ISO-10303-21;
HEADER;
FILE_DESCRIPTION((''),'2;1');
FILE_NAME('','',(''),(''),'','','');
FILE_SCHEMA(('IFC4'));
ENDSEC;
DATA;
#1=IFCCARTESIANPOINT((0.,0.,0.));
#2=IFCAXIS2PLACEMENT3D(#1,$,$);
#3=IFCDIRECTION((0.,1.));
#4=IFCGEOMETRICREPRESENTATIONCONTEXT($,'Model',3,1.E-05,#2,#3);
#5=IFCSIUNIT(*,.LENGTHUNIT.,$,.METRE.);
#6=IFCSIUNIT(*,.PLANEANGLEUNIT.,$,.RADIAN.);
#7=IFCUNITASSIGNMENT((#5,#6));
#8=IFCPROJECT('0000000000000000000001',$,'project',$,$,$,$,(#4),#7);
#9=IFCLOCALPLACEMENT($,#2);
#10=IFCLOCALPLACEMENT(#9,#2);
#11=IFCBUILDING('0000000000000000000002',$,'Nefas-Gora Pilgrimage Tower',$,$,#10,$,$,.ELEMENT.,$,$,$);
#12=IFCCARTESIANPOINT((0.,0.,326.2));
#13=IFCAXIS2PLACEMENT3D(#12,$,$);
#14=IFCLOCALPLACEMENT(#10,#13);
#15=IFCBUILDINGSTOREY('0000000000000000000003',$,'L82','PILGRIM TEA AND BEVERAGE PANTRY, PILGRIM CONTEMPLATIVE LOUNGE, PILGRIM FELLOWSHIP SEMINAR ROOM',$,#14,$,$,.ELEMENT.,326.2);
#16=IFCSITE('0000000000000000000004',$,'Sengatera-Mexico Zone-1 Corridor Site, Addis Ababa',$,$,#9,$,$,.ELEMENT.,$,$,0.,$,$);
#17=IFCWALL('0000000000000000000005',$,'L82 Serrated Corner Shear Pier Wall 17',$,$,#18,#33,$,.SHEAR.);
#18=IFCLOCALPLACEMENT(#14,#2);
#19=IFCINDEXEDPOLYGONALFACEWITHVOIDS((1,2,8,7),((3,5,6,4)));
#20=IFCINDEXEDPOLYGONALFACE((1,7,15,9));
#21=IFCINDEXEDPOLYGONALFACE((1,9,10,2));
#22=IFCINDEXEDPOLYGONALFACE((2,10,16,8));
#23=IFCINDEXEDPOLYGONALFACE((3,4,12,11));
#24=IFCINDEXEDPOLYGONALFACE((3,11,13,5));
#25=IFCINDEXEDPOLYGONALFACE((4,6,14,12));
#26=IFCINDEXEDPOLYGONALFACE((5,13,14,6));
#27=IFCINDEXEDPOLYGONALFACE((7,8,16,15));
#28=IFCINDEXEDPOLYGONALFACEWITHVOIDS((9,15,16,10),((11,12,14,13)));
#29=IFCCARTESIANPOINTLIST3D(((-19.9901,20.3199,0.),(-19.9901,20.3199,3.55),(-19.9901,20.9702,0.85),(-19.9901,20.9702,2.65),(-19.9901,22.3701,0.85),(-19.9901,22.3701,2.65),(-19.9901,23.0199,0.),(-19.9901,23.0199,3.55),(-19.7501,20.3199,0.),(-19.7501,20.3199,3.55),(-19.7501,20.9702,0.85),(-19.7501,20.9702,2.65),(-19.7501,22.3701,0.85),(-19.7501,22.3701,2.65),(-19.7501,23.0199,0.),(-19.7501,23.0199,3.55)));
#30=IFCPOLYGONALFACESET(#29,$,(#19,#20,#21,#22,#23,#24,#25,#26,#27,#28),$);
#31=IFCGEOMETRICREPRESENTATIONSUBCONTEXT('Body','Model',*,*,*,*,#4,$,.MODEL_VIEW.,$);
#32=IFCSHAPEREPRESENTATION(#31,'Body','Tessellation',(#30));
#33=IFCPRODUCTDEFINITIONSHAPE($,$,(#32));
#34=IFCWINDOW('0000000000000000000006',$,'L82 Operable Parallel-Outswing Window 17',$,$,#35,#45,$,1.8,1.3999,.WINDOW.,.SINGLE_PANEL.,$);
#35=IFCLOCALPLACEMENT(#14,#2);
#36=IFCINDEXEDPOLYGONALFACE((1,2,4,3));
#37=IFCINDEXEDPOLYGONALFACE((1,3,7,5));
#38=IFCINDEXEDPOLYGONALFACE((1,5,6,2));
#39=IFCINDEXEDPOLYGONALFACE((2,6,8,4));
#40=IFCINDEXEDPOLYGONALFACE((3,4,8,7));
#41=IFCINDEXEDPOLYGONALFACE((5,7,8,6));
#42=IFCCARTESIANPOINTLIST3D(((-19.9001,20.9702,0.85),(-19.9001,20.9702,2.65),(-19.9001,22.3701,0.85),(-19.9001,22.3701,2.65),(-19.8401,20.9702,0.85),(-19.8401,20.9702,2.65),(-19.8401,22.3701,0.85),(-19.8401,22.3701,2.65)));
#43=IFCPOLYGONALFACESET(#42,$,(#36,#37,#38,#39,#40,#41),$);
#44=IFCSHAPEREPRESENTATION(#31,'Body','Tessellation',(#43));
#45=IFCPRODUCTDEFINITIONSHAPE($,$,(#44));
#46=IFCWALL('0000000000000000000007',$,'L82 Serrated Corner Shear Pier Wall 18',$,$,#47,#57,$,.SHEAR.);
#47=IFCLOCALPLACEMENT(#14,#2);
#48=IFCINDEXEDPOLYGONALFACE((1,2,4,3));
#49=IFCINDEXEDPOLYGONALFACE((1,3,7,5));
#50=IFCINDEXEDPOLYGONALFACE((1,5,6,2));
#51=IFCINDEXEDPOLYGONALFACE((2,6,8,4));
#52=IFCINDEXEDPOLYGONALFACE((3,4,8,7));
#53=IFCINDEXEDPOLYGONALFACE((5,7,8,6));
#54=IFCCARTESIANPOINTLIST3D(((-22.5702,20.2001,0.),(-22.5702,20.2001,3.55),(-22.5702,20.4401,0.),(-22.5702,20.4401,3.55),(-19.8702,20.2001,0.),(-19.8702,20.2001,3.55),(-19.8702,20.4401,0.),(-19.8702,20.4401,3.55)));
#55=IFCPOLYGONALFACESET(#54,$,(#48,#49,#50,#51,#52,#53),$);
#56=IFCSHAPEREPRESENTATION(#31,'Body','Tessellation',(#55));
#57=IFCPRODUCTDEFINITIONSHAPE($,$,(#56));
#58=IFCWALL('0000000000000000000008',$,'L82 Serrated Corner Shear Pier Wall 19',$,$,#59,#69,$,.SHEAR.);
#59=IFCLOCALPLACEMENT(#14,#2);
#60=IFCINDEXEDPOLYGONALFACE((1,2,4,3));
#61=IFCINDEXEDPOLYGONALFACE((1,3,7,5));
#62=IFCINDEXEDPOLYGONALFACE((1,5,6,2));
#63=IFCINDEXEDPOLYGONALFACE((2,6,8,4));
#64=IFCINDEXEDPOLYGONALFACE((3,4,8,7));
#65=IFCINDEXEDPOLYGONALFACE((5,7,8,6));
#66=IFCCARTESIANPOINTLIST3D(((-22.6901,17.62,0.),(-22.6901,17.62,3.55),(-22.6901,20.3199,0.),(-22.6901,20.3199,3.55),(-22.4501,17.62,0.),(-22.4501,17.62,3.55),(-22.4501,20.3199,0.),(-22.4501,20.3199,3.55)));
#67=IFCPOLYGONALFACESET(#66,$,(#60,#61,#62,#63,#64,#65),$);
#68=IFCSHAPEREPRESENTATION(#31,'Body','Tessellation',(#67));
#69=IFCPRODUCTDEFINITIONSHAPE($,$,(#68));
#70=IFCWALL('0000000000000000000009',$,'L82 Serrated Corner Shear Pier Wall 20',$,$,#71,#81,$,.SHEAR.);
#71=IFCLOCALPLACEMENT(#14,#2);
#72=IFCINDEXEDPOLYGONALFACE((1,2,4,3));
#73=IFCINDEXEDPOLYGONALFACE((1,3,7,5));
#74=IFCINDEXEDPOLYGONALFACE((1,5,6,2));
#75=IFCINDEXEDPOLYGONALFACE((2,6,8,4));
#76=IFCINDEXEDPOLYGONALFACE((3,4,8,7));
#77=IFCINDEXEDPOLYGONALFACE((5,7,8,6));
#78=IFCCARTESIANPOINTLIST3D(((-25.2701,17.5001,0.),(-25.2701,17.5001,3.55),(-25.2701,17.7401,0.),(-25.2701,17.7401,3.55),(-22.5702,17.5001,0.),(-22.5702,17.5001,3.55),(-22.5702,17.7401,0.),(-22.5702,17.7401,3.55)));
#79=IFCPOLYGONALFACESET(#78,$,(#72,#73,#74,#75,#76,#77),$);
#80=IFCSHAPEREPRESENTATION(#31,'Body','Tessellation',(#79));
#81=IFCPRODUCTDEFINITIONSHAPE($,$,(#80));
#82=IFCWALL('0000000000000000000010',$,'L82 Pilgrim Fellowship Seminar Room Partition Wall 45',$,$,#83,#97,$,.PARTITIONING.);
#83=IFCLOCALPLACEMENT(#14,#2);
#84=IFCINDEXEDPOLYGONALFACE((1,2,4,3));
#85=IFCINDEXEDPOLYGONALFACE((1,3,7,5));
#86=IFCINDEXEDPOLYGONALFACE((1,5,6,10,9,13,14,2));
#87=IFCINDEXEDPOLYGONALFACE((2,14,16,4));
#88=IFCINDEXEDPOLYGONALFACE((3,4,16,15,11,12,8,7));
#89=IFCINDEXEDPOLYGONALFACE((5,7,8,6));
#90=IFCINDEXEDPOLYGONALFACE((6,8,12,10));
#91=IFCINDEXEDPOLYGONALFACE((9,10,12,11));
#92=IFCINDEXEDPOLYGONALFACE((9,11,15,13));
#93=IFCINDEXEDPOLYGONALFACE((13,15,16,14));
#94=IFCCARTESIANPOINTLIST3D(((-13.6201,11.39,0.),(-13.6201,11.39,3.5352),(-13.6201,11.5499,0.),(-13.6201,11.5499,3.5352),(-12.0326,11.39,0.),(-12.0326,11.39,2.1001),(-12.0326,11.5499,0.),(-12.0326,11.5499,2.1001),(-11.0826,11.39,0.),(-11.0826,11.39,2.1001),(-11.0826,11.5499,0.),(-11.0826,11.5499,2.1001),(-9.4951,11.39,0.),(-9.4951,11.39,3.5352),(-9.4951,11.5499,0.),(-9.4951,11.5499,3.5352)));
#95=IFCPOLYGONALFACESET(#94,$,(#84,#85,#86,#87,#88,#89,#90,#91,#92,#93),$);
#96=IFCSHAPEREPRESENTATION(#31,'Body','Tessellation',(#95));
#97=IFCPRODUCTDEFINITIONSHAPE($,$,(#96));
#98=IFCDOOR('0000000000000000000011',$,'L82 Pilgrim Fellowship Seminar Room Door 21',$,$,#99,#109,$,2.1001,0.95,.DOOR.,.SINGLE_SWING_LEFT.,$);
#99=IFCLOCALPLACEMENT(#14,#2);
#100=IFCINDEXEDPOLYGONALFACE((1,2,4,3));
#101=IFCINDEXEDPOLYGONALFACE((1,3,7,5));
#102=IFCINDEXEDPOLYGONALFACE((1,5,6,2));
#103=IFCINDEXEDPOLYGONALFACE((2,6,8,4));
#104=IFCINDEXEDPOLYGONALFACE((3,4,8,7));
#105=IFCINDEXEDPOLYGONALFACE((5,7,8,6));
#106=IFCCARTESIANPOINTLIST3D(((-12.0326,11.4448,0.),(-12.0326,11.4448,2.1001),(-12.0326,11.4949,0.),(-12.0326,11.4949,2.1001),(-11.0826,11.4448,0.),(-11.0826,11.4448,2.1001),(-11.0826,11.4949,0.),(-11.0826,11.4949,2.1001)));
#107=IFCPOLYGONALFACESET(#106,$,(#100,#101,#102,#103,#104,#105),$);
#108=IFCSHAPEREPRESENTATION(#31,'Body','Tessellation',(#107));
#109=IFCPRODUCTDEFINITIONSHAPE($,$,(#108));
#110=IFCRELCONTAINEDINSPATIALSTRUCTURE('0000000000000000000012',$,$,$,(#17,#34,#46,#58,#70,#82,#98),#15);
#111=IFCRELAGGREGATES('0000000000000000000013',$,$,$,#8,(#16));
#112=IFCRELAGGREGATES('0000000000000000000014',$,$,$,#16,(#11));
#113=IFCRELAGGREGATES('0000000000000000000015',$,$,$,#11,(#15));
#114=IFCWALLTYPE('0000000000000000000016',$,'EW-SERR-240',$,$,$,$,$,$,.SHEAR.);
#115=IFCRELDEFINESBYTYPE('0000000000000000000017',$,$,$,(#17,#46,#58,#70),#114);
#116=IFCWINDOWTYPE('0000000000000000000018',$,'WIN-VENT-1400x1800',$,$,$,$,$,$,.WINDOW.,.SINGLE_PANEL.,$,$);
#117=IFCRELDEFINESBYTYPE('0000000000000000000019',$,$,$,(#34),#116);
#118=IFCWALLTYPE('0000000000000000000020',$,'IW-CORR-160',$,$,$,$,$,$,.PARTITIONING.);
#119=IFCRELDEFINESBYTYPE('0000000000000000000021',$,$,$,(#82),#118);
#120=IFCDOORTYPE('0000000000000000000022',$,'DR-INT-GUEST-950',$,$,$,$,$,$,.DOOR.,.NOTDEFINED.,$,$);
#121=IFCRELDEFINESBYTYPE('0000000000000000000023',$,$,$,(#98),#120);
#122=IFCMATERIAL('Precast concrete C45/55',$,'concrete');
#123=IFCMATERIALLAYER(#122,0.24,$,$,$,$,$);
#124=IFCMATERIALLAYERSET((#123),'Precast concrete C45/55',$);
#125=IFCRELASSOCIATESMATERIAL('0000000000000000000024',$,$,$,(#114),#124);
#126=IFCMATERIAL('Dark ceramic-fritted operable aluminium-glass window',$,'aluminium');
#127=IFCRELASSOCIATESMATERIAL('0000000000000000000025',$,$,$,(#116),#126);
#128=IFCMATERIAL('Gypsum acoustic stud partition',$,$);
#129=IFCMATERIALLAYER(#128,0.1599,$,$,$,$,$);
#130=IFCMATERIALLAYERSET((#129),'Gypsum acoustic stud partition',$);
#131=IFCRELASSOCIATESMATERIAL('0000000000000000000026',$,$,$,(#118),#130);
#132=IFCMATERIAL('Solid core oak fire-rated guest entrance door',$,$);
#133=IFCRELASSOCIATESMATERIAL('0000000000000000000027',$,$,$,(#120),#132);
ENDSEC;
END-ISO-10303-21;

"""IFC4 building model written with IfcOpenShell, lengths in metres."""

from ifc_helpers import new_model, si_unit, direction, frame, frame_2d, origin, place, context, subcontext, project, spatial, rectangle, extrude, source, transform, mapped, material, layer, layer_set, type_object, element, fill, save


model = new_model("IFC4")

# Units and contexts
model_context = context("Model", 3, precision=1e-05, world=origin(), true_north=direction((0.0, 1.0)))
body_context = subcontext(model_context, "Body", "Model", "MODEL_VIEW")
ifc_project = project(units=[si_unit("LENGTHUNIT", "METRE"), si_unit("PLANEANGLEUNIT", "RADIAN")], contexts=[model_context])

# Site, building, storey
site_placement = place(None, origin())
site = spatial("IfcSite", under=ifc_project, at=site_placement, Name="Sengatera-Mexico Zone-1 Corridor Site, Addis Ababa", CompositionType="ELEMENT", RefElevation=0.0)
building_placement = place(site_placement, origin())
building = spatial("IfcBuilding", under=site, at=building_placement, Name="Nefas-Gora Pilgrimage Tower", CompositionType="ELEMENT")
storey_placement = place(building_placement, frame((0.0, 0.0, 326.2)))
storey = spatial("IfcBuildingStorey", under=building, at=storey_placement, Name="L82", Description="PILGRIM TEA AND BEVERAGE PANTRY, PILGRIM CONTEMPLATIVE LOUNGE, PILGRIM FELLOWSHIP SEMINAR ROOM", CompositionType="ELEMENT", Elevation=326.2)

# Wall, opening, window
ifc_material_1 = material(Name="Precast concrete C45/55", Category="concrete")
ifc_layer_1 = layer(ifc_material_1, 0.24)
ifc_layer_set_1 = layer_set([ifc_layer_1], Name="Precast concrete C45/55")
wall_type_1 = type_object("IfcWallType", Name="EW-SERR-240", PredefinedType="SHEAR", material=ifc_layer_set_1)
shared_shape_1 = source(origin(), body_context, "Body", "SweptSolid", [
    extrude(rectangle(XDim=2.7, YDim=0.24, at=frame_2d((1.3501, 0.0))), origin(), (0.0, 0.0, 1.0), 3.55),
])
wall_1_placement = place(storey_placement, frame((-19.8701, 23.02, 0.0), z_axis=(0.0, 0.0, 1.0), x_axis=(0.0, -1.0, 0.0)))
wall_1 = element("IfcWall", 1, at=wall_1_placement, inside=storey, type_object=wall_type_1, Name="L82 Serrated Corner Shear Pier Wall 17", PredefinedType="SHEAR", context=body_context, shape_type="MappedRepresentation", body=[
    mapped(shared_shape_1, transform((0.0, 0.0, 0.0), x_axis=(1.0, 0.0, 0.0), y_axis=(0.0, 1.0, 0.0), z_axis=(0.0, 0.0, 1.0), scale=1.0)),
])
opening_1_placement = place(wall_1_placement, frame((0.6499, 0.0, 0.8501)))
opening_1 = element("IfcOpeningElement", 2, at=opening_1_placement, cuts=wall_1, PredefinedType="OPENING", context=body_context, shape_type="SweptSolid", body=[
    extrude(rectangle(XDim=1.3999, YDim=1.8, at=frame_2d((0.7, 0.8999))), frame((0.0, 0.1299, 0.0), z_axis=(0.0, -1.0, 0.0), x_axis=(1.0, 0.0, 0.0)), (0.0, 0.0, 1.0), 0.26),
])
ifc_material_2 = material(Name="Dark ceramic-fritted operable aluminium-glass window", Category="aluminium")
window_type = type_object("IfcWindowType", Name="WIN-VENT-1400x1800", PartitioningType="SINGLE_PANEL", PredefinedType="WINDOW", material=ifc_material_2)
shared_shape_2 = source(origin(), body_context, "Body", "SweptSolid", [
    extrude(rectangle(XDim=1.3999, YDim=1.8, at=frame_2d((0.7, 0.8999))), frame((0.0, 0.03, 0.0), z_axis=(0.0, -1.0, 0.0), x_axis=(1.0, 0.0, 0.0)), (0.0, 0.0, 1.0), 0.0601),
])
window_placement = place(opening_1_placement, origin())
window = element("IfcWindow", 3, at=window_placement, inside=storey, type_object=window_type, Name="L82 Operable Parallel-Outswing Window 17", OverallHeight=1.8, OverallWidth=1.3999, PartitioningType="SINGLE_PANEL", PredefinedType="WINDOW", context=body_context, shape_type="MappedRepresentation", body=[
    mapped(shared_shape_2, transform((0.0, 0.0, 0.0), x_axis=(1.0, 0.0, 0.0), y_axis=(0.0, 1.0, 0.0), z_axis=(0.0, 0.0, 1.0), scale=1.0)),
])
fill(opening_1, window)

# Walls
for number, where, z_axis, x_axis, name in (
    (4, (-19.8701, 20.3201, 0.0), (0.0, 0.0, 1.0), (-1.0, 0.0, 0.0), "L82 Serrated Corner Shear Pier Wall 18"),
    (5, (-22.5701, 20.3201, 0.0), (0.0, 0.0, 1.0), (0.0, -1.0, 0.0), "L82 Serrated Corner Shear Pier Wall 19"),
    (6, (-22.5701, 17.6201, 0.0), (0.0, 0.0, 1.0), (-1.0, 0.0, 0.0), "L82 Serrated Corner Shear Pier Wall 20"),
):
    element("IfcWall", number, at=place(storey_placement, frame(where, z_axis=z_axis, x_axis=x_axis)), inside=storey, type_object=wall_type_1, Name=name, PredefinedType="SHEAR", context=body_context, shape_type="MappedRepresentation", body=[
        mapped(shared_shape_1, transform((0.0, 0.0, 0.0), x_axis=(1.0, 0.0, 0.0), y_axis=(0.0, 1.0, 0.0), z_axis=(0.0, 0.0, 1.0), scale=1.0)),
    ])

# Wall, opening, door
ifc_material_3 = material(Name="Gypsum acoustic stud partition")
ifc_layer_2 = layer(ifc_material_3, 0.1599)
ifc_layer_set_2 = layer_set([ifc_layer_2], Name="Gypsum acoustic stud partition")
wall_type_2 = type_object("IfcWallType", Name="IW-CORR-160", PredefinedType="PARTITIONING", material=ifc_layer_set_2)
shared_shape_3 = source(origin(), body_context, "Body", "SweptSolid", [
    extrude(rectangle(XDim=4.125, YDim=0.1599, at=frame_2d((2.0625, 0.0))), origin(), (0.0, 0.0, 1.0), 3.5352),
])
wall_2_placement = place(storey_placement, frame((-13.6201, 11.47, 0.0), z_axis=(0.0, 0.0, 1.0), x_axis=(1.0, 0.0, 0.0)))
wall_2 = element("IfcWall", 7, at=wall_2_placement, inside=storey, type_object=wall_type_2, Name="L82 Pilgrim Fellowship Seminar Room Partition Wall 45", PredefinedType="PARTITIONING", context=body_context, shape_type="MappedRepresentation", body=[
    mapped(shared_shape_3, transform((0.0, 0.0, 0.0), x_axis=(1.0, 0.0, 0.0), y_axis=(0.0, 1.0, 0.0), z_axis=(0.0, 0.0, 1.0), scale=1.0)),
])
opening_2_placement = place(wall_2_placement, frame((1.5874, 0.0, 0.0)))
opening_2 = element("IfcOpeningElement", 8, at=opening_2_placement, cuts=wall_2, PredefinedType="OPENING", context=body_context, shape_type="SweptSolid", body=[
    extrude(rectangle(XDim=0.95, YDim=2.1001, at=frame_2d((0.4751, 1.05))), frame((0.0, 0.0898, 0.0), z_axis=(0.0, -1.0, 0.0), x_axis=(1.0, 0.0, 0.0)), (0.0, 0.0, 1.0), 0.1799),
])
ifc_material_4 = material(Name="Solid core oak fire-rated guest entrance door")
door_type = type_object("IfcDoorType", Name="DR-INT-GUEST-950", OperationType="NOTDEFINED", PredefinedType="DOOR", material=ifc_material_4)
shared_shape_4 = source(origin(), body_context, "Body", "SweptSolid", [
    extrude(rectangle(XDim=0.95, YDim=2.1001, at=frame_2d((0.4751, 1.05))), frame((0.0, 0.0249, 0.0), z_axis=(0.0, -1.0, 0.0), x_axis=(1.0, 0.0, 0.0)), (0.0, 0.0, 1.0), 0.05),
])
door_placement = place(opening_2_placement, origin())
door = element("IfcDoor", 9, at=door_placement, inside=storey, type_object=door_type, Name="L82 Pilgrim Fellowship Seminar Room Door 21", OperationType="SINGLE_SWING_LEFT", OverallHeight=2.1001, OverallWidth=0.95, PredefinedType="DOOR", context=body_context, shape_type="MappedRepresentation", body=[
    mapped(shared_shape_4, transform((0.0, 0.0, 0.0), x_axis=(1.0, 0.0, 0.0), y_axis=(0.0, 1.0, 0.0), z_axis=(0.0, 0.0, 1.0), scale=1.0)),
])
fill(opening_2, door)

save(model, "model.ifc")
